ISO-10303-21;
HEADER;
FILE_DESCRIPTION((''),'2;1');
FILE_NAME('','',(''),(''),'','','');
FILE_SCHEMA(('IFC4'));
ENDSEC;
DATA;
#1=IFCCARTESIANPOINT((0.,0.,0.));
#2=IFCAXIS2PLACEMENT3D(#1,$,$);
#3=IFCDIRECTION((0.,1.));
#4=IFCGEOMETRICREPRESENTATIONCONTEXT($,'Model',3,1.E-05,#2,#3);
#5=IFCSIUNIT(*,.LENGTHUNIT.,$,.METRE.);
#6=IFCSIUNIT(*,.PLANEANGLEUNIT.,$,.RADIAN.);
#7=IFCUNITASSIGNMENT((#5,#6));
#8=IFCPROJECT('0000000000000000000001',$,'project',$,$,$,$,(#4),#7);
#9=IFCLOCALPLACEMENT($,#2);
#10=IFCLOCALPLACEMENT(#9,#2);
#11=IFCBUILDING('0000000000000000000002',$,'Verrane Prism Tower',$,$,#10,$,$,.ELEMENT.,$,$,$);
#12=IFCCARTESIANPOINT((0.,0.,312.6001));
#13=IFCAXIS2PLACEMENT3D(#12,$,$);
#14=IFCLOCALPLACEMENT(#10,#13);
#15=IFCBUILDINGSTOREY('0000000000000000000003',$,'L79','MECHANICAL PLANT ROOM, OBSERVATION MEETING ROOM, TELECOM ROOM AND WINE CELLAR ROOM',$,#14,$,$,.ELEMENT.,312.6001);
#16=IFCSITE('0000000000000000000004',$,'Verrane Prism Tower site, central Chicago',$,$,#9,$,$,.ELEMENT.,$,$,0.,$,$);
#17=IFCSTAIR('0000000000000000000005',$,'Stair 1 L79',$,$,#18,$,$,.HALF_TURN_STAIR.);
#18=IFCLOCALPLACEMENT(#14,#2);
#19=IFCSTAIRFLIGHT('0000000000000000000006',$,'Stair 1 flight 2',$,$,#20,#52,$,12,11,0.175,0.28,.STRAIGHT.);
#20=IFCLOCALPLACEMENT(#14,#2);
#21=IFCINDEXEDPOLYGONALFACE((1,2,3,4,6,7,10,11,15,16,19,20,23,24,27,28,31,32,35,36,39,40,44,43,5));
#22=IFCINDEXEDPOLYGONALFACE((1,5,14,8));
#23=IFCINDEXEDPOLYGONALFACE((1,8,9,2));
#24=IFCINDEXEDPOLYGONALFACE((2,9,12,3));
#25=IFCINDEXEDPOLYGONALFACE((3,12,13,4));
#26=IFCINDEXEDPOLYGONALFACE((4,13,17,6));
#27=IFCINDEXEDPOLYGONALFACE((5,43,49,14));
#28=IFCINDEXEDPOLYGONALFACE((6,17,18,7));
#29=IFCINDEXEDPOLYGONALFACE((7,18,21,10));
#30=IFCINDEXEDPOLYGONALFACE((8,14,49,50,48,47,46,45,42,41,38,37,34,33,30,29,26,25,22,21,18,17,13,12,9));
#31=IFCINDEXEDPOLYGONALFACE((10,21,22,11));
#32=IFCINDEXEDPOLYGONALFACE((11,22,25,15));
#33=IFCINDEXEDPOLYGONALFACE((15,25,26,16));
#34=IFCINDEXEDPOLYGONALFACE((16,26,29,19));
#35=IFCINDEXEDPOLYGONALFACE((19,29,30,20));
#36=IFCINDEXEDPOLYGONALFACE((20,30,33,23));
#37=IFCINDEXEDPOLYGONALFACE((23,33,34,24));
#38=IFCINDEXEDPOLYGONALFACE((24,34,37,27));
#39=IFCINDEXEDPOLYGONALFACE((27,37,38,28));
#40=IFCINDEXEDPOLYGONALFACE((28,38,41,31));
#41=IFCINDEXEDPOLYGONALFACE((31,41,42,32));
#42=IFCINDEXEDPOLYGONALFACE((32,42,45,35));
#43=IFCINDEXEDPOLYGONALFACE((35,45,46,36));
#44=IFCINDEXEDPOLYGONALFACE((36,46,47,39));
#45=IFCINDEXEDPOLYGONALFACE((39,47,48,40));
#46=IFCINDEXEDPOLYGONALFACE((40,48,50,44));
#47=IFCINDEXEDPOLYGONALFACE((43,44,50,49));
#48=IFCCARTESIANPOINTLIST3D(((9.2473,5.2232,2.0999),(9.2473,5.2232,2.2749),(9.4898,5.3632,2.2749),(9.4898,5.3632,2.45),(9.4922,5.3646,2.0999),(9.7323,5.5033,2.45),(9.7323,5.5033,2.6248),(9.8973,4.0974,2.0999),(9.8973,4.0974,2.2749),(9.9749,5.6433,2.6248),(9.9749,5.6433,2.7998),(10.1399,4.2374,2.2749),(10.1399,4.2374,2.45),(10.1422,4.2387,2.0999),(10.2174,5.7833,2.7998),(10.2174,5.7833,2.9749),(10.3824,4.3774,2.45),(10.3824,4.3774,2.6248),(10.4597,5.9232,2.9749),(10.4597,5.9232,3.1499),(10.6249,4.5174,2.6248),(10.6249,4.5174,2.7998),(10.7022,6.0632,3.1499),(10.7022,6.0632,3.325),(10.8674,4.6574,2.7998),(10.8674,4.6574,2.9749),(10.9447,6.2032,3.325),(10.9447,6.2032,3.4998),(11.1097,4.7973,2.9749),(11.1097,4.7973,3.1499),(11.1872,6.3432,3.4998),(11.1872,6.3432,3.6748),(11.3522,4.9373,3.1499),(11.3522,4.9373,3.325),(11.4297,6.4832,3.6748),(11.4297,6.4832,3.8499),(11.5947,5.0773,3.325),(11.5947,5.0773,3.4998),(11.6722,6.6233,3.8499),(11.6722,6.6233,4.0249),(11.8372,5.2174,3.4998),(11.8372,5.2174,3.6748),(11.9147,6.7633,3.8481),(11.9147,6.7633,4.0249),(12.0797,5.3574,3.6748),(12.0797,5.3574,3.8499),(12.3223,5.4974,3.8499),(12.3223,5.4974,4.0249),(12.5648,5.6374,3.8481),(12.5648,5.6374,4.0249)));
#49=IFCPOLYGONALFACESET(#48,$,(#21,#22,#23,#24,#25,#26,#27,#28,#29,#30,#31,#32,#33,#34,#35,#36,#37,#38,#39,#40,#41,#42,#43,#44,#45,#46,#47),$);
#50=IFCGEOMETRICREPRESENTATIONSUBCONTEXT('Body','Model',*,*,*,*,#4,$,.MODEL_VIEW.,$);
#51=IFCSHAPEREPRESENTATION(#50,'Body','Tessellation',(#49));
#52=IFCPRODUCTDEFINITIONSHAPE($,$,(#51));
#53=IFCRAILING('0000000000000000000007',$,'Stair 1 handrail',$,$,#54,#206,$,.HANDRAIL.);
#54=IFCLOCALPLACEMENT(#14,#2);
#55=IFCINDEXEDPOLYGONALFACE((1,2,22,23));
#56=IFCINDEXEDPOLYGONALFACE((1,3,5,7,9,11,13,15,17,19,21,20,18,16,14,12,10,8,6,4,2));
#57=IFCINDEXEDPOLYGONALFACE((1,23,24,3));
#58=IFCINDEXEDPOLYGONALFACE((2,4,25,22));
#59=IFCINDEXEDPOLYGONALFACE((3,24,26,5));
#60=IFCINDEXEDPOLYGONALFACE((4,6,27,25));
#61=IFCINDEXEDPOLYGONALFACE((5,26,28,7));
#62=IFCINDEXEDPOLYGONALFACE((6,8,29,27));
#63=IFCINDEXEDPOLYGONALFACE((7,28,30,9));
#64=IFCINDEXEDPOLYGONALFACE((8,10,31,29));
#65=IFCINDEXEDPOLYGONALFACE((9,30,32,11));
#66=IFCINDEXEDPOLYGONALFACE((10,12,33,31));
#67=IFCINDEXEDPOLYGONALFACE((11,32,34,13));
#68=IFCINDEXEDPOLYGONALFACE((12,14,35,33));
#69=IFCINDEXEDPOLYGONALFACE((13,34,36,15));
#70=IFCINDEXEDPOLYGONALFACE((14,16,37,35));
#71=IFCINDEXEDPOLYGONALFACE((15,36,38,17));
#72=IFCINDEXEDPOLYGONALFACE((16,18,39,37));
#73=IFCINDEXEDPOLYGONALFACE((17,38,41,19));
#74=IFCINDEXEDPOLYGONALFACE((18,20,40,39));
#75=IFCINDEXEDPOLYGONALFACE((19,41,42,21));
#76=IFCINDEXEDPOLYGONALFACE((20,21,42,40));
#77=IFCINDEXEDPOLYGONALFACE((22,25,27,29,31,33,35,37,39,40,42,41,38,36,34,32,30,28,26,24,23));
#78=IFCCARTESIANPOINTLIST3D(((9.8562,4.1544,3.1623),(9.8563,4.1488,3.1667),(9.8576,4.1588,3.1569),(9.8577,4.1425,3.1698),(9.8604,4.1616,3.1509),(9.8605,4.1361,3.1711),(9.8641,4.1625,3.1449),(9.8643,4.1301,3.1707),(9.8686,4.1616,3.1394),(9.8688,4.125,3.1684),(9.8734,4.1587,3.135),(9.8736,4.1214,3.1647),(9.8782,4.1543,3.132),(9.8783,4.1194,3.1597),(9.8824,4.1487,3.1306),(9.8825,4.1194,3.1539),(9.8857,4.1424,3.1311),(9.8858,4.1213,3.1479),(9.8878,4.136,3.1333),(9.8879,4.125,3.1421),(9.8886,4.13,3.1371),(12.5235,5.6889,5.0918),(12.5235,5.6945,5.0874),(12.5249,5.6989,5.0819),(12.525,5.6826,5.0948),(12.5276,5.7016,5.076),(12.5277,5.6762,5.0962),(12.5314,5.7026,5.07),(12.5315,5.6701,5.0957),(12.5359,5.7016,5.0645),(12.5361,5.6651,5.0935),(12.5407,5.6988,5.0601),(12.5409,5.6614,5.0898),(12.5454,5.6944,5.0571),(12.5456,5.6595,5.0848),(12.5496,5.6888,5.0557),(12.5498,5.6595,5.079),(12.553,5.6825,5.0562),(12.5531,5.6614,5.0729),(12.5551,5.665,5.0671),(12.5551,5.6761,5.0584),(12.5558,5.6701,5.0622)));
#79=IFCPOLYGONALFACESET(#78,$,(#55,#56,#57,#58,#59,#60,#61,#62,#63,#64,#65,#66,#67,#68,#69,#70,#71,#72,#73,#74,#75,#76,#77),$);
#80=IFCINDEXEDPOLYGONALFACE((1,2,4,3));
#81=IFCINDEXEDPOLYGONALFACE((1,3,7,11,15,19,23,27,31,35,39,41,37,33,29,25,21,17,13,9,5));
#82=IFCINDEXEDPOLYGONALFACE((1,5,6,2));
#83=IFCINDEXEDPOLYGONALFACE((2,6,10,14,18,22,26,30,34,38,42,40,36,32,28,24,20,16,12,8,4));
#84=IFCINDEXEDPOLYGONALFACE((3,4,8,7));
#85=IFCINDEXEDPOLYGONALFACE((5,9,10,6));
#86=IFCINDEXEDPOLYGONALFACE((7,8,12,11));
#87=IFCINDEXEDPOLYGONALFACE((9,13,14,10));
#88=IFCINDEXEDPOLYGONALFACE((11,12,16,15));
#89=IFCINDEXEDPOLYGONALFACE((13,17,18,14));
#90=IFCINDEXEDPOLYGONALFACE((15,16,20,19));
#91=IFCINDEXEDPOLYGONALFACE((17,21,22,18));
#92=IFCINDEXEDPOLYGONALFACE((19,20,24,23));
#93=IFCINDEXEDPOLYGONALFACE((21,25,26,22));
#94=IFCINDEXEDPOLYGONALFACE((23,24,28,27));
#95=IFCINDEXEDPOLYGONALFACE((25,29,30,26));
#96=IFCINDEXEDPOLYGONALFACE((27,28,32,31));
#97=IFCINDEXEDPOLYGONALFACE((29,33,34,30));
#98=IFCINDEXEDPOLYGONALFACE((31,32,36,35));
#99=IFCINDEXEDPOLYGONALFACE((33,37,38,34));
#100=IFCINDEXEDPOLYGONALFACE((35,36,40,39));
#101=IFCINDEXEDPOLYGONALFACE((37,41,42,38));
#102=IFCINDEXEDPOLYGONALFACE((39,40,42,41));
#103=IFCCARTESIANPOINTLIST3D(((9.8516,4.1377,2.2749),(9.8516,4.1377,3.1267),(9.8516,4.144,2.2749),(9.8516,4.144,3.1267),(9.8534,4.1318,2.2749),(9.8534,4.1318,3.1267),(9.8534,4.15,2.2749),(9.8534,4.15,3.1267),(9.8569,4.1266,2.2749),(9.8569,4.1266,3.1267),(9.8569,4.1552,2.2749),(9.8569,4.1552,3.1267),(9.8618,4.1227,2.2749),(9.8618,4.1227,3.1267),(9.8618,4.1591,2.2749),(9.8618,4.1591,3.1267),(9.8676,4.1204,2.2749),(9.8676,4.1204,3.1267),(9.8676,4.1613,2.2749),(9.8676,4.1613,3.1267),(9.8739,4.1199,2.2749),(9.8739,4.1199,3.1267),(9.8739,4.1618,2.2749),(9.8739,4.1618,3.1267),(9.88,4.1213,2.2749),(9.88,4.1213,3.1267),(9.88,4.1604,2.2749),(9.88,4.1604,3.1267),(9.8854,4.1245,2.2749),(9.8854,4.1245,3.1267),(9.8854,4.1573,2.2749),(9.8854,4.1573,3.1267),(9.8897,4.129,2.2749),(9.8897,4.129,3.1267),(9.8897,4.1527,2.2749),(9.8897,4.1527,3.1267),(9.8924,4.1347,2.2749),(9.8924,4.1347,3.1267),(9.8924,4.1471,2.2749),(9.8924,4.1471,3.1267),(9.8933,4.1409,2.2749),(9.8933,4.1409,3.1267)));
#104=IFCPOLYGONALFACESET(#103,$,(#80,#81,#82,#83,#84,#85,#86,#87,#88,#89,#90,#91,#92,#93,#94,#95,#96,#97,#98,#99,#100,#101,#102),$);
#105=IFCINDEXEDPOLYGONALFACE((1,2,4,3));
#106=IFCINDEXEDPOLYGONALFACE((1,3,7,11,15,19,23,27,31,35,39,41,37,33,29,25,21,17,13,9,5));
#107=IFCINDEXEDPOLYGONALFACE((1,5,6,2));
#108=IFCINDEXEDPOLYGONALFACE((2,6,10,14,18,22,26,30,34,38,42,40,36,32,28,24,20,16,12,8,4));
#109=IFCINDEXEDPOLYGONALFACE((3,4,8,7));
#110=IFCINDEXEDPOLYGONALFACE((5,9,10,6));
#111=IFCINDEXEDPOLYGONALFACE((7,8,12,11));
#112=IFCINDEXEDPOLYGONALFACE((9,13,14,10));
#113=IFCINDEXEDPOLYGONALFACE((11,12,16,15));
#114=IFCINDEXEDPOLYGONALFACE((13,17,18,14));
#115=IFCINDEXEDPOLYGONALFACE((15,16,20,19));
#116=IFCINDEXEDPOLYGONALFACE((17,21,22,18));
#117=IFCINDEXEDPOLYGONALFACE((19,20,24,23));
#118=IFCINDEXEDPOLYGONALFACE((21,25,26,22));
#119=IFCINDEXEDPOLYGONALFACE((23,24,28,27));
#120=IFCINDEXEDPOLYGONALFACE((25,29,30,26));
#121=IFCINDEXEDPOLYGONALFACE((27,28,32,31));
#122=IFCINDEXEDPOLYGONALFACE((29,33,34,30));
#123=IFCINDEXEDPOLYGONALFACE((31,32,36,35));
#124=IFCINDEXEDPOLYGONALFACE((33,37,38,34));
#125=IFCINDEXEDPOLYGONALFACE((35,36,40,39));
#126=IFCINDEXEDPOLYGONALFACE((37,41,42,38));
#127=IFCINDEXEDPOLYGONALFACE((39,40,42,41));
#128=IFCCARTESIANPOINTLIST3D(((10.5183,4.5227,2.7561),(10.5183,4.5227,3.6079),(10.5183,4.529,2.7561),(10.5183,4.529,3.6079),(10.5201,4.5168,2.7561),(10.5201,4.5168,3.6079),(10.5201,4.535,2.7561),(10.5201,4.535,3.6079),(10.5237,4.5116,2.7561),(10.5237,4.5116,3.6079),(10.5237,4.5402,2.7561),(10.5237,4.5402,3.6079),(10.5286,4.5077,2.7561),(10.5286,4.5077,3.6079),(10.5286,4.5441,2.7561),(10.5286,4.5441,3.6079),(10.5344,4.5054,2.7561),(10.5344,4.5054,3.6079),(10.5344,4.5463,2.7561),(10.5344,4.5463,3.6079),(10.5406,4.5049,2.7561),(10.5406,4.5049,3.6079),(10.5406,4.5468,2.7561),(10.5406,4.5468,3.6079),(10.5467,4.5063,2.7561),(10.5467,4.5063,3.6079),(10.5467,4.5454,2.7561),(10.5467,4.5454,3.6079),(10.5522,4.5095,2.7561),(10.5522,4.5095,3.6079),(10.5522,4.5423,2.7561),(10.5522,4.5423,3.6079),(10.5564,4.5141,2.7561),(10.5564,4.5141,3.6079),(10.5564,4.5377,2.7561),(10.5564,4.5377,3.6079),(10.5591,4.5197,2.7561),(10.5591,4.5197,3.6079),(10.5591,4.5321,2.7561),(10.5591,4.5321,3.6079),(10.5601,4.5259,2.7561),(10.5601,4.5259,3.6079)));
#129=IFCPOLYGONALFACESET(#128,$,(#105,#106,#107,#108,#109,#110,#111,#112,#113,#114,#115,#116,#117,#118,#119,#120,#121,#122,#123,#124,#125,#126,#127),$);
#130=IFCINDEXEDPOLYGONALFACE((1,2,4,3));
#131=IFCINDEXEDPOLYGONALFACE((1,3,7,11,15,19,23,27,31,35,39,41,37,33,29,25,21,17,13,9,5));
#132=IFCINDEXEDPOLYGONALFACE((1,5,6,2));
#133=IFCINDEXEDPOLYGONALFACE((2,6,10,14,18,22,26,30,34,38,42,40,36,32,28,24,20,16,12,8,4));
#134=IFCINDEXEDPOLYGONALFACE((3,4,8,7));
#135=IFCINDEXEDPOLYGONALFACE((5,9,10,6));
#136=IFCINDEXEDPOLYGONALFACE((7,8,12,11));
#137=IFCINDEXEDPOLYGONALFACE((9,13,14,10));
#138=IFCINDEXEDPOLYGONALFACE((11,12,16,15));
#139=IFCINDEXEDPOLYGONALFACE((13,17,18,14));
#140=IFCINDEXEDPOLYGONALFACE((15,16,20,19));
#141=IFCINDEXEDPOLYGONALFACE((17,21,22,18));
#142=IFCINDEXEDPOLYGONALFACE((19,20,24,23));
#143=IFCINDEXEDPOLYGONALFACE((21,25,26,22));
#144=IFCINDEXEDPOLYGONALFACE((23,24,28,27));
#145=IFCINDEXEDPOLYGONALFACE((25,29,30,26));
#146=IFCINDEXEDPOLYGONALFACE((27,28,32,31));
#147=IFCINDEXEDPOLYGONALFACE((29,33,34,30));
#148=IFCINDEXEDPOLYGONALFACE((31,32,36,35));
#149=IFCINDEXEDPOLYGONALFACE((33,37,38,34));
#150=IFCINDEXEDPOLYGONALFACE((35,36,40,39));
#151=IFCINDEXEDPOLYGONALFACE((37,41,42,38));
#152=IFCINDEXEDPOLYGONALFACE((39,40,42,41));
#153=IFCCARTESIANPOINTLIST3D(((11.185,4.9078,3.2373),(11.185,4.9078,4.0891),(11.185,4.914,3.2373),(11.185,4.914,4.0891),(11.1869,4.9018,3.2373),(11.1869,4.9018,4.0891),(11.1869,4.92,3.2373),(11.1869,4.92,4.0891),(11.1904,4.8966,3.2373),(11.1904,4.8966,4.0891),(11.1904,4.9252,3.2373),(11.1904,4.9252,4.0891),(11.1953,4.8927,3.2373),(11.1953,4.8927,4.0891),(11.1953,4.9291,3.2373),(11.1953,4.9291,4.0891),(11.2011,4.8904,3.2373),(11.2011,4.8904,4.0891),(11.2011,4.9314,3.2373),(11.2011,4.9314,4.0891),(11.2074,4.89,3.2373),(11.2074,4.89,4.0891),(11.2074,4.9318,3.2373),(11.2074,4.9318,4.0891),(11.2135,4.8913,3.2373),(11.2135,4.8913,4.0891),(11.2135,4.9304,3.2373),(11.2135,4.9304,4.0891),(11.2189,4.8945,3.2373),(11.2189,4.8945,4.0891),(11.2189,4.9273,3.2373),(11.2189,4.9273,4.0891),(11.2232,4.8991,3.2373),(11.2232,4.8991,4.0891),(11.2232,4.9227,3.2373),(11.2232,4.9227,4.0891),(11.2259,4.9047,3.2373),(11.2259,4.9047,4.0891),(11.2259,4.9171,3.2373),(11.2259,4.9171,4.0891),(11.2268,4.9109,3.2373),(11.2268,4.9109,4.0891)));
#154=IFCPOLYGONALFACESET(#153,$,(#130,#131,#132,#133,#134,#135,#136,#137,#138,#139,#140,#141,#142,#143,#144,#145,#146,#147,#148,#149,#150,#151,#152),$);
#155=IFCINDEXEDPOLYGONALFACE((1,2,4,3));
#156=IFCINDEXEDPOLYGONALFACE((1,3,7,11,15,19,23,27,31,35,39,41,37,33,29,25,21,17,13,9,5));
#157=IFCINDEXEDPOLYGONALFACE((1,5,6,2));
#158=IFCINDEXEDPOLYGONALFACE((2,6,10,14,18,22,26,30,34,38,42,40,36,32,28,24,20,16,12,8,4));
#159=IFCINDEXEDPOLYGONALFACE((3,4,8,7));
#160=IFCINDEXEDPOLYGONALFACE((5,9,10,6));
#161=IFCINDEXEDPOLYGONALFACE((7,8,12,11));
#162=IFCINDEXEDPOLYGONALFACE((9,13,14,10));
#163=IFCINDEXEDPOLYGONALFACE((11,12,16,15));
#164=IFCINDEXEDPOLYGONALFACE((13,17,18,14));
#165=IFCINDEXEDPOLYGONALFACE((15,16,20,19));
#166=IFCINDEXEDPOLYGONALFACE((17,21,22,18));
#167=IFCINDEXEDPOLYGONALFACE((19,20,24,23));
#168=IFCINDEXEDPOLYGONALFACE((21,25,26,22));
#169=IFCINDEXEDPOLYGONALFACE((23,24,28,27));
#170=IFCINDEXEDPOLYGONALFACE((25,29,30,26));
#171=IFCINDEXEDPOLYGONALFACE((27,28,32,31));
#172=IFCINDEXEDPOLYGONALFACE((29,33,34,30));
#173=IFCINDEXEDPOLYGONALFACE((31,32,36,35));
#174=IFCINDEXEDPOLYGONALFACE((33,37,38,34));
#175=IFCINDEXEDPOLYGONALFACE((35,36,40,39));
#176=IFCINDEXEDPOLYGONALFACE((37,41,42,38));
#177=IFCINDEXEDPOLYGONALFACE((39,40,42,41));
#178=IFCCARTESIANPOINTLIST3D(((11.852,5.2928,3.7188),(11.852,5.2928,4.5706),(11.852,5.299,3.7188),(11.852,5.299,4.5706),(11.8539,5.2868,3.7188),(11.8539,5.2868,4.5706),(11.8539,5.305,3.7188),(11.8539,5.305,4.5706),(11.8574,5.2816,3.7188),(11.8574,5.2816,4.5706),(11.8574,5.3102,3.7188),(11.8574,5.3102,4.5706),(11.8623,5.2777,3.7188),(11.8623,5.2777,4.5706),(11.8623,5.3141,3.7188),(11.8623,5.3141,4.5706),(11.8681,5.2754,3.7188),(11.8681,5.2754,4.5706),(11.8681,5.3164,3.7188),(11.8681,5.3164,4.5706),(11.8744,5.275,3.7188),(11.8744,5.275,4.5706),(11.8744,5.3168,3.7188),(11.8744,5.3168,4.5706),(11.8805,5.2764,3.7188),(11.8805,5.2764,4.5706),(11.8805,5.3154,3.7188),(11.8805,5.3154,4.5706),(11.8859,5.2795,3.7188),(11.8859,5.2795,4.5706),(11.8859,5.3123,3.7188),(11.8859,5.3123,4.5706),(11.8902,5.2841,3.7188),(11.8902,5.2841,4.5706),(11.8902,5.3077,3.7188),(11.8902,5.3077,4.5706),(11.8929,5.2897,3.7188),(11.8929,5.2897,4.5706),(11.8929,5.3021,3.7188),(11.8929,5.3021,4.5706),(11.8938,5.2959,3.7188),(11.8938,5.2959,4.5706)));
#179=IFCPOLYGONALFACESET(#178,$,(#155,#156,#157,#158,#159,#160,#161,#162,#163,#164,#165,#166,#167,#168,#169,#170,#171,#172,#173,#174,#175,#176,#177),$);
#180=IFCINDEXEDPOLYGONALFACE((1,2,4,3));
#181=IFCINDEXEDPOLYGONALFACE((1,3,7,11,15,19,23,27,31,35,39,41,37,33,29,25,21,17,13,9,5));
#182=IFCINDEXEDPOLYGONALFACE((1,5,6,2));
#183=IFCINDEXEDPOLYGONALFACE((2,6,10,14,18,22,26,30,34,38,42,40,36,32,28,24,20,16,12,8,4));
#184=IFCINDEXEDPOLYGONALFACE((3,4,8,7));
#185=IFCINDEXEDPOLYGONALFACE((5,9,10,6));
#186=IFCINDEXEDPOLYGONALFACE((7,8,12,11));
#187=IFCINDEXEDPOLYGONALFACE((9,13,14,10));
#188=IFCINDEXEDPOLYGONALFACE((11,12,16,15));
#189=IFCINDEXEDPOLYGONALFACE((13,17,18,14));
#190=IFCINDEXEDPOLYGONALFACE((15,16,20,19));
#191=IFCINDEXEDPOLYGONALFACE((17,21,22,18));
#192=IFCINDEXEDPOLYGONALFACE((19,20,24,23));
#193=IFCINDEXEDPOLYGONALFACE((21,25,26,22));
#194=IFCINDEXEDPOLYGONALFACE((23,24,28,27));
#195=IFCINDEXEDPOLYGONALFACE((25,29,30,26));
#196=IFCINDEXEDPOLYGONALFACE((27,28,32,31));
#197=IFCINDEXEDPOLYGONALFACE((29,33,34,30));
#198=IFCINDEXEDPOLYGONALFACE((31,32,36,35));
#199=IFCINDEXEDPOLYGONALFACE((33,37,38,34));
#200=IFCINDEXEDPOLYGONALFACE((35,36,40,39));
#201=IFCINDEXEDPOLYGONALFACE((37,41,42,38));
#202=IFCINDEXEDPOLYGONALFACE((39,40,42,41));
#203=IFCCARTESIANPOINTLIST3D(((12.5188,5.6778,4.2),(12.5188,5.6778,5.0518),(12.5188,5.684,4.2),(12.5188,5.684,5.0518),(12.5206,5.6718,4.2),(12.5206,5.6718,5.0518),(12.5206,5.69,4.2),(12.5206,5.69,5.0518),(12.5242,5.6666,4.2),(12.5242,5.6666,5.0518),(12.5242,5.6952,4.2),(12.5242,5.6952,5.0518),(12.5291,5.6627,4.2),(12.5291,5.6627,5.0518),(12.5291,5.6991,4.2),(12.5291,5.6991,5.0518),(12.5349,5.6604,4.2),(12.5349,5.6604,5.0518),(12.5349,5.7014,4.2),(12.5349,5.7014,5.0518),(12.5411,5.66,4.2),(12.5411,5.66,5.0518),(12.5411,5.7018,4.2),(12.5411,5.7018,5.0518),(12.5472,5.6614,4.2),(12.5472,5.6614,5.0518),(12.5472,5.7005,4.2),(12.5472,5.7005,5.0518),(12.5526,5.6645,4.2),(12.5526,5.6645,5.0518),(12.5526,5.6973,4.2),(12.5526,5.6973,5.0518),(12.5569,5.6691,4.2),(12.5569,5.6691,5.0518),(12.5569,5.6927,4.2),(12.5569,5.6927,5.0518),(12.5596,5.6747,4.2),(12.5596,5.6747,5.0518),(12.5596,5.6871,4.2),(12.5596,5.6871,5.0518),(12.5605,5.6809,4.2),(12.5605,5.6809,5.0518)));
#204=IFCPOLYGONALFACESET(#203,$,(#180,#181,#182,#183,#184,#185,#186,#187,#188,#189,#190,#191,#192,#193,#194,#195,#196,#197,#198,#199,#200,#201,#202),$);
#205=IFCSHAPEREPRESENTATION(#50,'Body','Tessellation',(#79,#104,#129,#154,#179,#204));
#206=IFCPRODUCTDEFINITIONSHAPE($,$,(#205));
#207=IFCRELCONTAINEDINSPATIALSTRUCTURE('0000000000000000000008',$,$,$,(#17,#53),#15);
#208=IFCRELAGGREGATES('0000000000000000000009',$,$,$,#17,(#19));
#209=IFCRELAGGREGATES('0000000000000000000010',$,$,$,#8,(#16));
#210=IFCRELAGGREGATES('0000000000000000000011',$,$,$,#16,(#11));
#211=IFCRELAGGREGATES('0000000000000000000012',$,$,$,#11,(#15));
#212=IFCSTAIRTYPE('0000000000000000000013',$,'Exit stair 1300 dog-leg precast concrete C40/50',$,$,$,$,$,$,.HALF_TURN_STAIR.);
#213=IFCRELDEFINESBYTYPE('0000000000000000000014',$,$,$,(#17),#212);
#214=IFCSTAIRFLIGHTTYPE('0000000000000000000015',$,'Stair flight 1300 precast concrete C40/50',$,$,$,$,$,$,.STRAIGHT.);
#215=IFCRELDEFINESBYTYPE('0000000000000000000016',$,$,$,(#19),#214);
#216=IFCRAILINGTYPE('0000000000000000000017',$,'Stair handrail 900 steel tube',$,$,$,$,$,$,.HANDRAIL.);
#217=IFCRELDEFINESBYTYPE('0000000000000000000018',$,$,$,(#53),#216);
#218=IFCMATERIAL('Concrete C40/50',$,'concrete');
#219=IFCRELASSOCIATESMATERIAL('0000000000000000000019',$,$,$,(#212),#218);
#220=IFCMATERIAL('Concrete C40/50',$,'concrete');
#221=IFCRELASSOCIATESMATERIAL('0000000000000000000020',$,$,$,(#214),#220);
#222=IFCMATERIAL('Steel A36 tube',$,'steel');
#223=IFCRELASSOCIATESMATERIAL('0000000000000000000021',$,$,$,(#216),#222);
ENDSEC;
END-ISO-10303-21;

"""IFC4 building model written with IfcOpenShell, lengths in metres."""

from ifc_helpers import new_model, si_unit, direction, frame, origin, origin_2d, place, context, subcontext, project, spatial, polyline, circle, outline, extrude, material, type_object, element, aggregate, save


model = new_model("IFC4")

# Units and contexts
model_context = context("Model", 3, precision=1e-05, world=origin(), true_north=direction((0.0, 1.0)))
body_context = subcontext(model_context, "Body", "Model", "MODEL_VIEW")
ifc_project = project(units=[si_unit("LENGTHUNIT", "METRE"), si_unit("PLANEANGLEUNIT", "RADIAN")], contexts=[model_context])

# Site, building, storey
site_placement = place(None, origin())
site = spatial("IfcSite", under=ifc_project, at=site_placement, Name="Verrane Prism Tower site, central Chicago", CompositionType="ELEMENT", RefElevation=0.0)
building_placement = place(site_placement, origin())
building = spatial("IfcBuilding", under=site, at=building_placement, Name="Verrane Prism Tower", CompositionType="ELEMENT")
storey_placement = place(building_placement, frame((0.0, 0.0, 312.6001)))
storey = spatial("IfcBuildingStorey", under=building, at=storey_placement, Name="L79", Description="MECHANICAL PLANT ROOM, OBSERVATION MEETING ROOM, TELECOM ROOM AND WINE CELLAR ROOM", CompositionType="ELEMENT", Elevation=312.6001)

# Stair, stair flight
ifc_material_1 = material(Name="Concrete C40/50", Category="concrete")
stair_type = type_object("IfcStairType", Name="Exit stair 1300 dog-leg precast concrete C40/50", PredefinedType="HALF_TURN_STAIR", material=ifc_material_1)
stair_placement = place(storey_placement, origin())
stair = element("IfcStair", 1, at=stair_placement, inside=storey, type_object=stair_type, Name="Stair 1 L79", PredefinedType="HALF_TURN_STAIR")
ifc_material_2 = material(Name="Concrete C40/50", Category="concrete")
stair_flight_type = type_object("IfcStairFlightType", Name="Stair flight 1300 precast concrete C40/50", PredefinedType="STRAIGHT", material=ifc_material_2)
stair_flight_placement = place(storey_placement, frame((9.5723, 4.6604, 2.0999), z_axis=(0.0, 0.0, 1.0), x_axis=(0.866025, 0.5, 0.0)))
stair_flight = element("IfcStairFlight", 2, at=stair_flight_placement, type_object=stair_flight_type, Name="Stair 1 flight 2", NumberOfRisers=12, NumberOfTreads=11, PredefinedType="STRAIGHT", RiserHeight=0.175, TreadLength=0.28, context=body_context, shape_type="SweptSolid", body=[
    extrude(outline(polyline([(0.0, 0.0), (0.0, 0.175), (0.28, 0.175), (0.28, 0.3501), (0.5601, 0.3501), (0.5601, 0.5249), (0.8401, 0.5249), (0.8401, 0.7), (1.1201, 0.7), (1.1201, 0.875), (1.3999, 0.875), (1.3999, 1.05), (1.6799, 1.05), (1.6799, 1.2251), (1.96, 1.2251), (1.96, 1.3999), (2.24, 1.3999), (2.24, 1.575), (2.52, 1.575), (2.52, 1.75), (2.8, 1.75), (2.8, 1.925), (3.0801, 1.925), (3.0801, 2.1001), (3.0801, 1.7483), (0.2827, 0.0), (0.0, 0.0)])), frame((0.0, 0.6499, 0.0), z_axis=(0.0, -1.0, 0.0), x_axis=(1.0, 0.0, 0.0)), (0.0, 0.0, 1.0), 1.3),
])
aggregate(stair, [stair_flight])

# Railing
ifc_material_3 = material(Name="Steel A36 tube", Category="steel")
railing_type = type_object("IfcRailingType", Name="Stair handrail 900 steel tube", PredefinedType="HANDRAIL", material=ifc_material_3)
railing_placement = place(storey_placement, frame((9.8723, 4.1409, 2.2749)))
element("IfcRailing", 3, at=railing_placement, inside=storey, type_object=railing_type, Name="Stair 1 handrail", PredefinedType="HANDRAIL", context=body_context, shape_type="SweptSolid", body=[
    extrude(circle(Radius=0.0239, at=origin_2d()), frame((0.0, 0.0, 0.876), z_axis=(0.734364, 0.424015, 0.530019), x_axis=(-0.500027, 0.86601, 0.0)), (0.0, 0.0, 1.0), 3.6321),
    extrude(circle(Radius=0.021, at=origin_2d()), origin(), (0.0, 0.0, 1.0), 0.8518),
    extrude(circle(Radius=0.021, at=origin_2d()), frame((0.6667, 0.385, 0.4812)), (0.0, 0.0, 1.0), 0.8518),
    extrude(circle(Radius=0.021, at=origin_2d()), frame((1.3335, 0.77, 0.9624)), (0.0, 0.0, 1.0), 0.8518),
    extrude(circle(Radius=0.021, at=origin_2d()), frame((2.0005, 1.155, 1.4438)), (0.0, 0.0, 1.0), 0.8518),
    extrude(circle(Radius=0.021, at=origin_2d()), frame((2.6672, 1.54, 1.925)), (0.0, 0.0, 1.0), 0.8518),
])

save(model, "model.ifc")
